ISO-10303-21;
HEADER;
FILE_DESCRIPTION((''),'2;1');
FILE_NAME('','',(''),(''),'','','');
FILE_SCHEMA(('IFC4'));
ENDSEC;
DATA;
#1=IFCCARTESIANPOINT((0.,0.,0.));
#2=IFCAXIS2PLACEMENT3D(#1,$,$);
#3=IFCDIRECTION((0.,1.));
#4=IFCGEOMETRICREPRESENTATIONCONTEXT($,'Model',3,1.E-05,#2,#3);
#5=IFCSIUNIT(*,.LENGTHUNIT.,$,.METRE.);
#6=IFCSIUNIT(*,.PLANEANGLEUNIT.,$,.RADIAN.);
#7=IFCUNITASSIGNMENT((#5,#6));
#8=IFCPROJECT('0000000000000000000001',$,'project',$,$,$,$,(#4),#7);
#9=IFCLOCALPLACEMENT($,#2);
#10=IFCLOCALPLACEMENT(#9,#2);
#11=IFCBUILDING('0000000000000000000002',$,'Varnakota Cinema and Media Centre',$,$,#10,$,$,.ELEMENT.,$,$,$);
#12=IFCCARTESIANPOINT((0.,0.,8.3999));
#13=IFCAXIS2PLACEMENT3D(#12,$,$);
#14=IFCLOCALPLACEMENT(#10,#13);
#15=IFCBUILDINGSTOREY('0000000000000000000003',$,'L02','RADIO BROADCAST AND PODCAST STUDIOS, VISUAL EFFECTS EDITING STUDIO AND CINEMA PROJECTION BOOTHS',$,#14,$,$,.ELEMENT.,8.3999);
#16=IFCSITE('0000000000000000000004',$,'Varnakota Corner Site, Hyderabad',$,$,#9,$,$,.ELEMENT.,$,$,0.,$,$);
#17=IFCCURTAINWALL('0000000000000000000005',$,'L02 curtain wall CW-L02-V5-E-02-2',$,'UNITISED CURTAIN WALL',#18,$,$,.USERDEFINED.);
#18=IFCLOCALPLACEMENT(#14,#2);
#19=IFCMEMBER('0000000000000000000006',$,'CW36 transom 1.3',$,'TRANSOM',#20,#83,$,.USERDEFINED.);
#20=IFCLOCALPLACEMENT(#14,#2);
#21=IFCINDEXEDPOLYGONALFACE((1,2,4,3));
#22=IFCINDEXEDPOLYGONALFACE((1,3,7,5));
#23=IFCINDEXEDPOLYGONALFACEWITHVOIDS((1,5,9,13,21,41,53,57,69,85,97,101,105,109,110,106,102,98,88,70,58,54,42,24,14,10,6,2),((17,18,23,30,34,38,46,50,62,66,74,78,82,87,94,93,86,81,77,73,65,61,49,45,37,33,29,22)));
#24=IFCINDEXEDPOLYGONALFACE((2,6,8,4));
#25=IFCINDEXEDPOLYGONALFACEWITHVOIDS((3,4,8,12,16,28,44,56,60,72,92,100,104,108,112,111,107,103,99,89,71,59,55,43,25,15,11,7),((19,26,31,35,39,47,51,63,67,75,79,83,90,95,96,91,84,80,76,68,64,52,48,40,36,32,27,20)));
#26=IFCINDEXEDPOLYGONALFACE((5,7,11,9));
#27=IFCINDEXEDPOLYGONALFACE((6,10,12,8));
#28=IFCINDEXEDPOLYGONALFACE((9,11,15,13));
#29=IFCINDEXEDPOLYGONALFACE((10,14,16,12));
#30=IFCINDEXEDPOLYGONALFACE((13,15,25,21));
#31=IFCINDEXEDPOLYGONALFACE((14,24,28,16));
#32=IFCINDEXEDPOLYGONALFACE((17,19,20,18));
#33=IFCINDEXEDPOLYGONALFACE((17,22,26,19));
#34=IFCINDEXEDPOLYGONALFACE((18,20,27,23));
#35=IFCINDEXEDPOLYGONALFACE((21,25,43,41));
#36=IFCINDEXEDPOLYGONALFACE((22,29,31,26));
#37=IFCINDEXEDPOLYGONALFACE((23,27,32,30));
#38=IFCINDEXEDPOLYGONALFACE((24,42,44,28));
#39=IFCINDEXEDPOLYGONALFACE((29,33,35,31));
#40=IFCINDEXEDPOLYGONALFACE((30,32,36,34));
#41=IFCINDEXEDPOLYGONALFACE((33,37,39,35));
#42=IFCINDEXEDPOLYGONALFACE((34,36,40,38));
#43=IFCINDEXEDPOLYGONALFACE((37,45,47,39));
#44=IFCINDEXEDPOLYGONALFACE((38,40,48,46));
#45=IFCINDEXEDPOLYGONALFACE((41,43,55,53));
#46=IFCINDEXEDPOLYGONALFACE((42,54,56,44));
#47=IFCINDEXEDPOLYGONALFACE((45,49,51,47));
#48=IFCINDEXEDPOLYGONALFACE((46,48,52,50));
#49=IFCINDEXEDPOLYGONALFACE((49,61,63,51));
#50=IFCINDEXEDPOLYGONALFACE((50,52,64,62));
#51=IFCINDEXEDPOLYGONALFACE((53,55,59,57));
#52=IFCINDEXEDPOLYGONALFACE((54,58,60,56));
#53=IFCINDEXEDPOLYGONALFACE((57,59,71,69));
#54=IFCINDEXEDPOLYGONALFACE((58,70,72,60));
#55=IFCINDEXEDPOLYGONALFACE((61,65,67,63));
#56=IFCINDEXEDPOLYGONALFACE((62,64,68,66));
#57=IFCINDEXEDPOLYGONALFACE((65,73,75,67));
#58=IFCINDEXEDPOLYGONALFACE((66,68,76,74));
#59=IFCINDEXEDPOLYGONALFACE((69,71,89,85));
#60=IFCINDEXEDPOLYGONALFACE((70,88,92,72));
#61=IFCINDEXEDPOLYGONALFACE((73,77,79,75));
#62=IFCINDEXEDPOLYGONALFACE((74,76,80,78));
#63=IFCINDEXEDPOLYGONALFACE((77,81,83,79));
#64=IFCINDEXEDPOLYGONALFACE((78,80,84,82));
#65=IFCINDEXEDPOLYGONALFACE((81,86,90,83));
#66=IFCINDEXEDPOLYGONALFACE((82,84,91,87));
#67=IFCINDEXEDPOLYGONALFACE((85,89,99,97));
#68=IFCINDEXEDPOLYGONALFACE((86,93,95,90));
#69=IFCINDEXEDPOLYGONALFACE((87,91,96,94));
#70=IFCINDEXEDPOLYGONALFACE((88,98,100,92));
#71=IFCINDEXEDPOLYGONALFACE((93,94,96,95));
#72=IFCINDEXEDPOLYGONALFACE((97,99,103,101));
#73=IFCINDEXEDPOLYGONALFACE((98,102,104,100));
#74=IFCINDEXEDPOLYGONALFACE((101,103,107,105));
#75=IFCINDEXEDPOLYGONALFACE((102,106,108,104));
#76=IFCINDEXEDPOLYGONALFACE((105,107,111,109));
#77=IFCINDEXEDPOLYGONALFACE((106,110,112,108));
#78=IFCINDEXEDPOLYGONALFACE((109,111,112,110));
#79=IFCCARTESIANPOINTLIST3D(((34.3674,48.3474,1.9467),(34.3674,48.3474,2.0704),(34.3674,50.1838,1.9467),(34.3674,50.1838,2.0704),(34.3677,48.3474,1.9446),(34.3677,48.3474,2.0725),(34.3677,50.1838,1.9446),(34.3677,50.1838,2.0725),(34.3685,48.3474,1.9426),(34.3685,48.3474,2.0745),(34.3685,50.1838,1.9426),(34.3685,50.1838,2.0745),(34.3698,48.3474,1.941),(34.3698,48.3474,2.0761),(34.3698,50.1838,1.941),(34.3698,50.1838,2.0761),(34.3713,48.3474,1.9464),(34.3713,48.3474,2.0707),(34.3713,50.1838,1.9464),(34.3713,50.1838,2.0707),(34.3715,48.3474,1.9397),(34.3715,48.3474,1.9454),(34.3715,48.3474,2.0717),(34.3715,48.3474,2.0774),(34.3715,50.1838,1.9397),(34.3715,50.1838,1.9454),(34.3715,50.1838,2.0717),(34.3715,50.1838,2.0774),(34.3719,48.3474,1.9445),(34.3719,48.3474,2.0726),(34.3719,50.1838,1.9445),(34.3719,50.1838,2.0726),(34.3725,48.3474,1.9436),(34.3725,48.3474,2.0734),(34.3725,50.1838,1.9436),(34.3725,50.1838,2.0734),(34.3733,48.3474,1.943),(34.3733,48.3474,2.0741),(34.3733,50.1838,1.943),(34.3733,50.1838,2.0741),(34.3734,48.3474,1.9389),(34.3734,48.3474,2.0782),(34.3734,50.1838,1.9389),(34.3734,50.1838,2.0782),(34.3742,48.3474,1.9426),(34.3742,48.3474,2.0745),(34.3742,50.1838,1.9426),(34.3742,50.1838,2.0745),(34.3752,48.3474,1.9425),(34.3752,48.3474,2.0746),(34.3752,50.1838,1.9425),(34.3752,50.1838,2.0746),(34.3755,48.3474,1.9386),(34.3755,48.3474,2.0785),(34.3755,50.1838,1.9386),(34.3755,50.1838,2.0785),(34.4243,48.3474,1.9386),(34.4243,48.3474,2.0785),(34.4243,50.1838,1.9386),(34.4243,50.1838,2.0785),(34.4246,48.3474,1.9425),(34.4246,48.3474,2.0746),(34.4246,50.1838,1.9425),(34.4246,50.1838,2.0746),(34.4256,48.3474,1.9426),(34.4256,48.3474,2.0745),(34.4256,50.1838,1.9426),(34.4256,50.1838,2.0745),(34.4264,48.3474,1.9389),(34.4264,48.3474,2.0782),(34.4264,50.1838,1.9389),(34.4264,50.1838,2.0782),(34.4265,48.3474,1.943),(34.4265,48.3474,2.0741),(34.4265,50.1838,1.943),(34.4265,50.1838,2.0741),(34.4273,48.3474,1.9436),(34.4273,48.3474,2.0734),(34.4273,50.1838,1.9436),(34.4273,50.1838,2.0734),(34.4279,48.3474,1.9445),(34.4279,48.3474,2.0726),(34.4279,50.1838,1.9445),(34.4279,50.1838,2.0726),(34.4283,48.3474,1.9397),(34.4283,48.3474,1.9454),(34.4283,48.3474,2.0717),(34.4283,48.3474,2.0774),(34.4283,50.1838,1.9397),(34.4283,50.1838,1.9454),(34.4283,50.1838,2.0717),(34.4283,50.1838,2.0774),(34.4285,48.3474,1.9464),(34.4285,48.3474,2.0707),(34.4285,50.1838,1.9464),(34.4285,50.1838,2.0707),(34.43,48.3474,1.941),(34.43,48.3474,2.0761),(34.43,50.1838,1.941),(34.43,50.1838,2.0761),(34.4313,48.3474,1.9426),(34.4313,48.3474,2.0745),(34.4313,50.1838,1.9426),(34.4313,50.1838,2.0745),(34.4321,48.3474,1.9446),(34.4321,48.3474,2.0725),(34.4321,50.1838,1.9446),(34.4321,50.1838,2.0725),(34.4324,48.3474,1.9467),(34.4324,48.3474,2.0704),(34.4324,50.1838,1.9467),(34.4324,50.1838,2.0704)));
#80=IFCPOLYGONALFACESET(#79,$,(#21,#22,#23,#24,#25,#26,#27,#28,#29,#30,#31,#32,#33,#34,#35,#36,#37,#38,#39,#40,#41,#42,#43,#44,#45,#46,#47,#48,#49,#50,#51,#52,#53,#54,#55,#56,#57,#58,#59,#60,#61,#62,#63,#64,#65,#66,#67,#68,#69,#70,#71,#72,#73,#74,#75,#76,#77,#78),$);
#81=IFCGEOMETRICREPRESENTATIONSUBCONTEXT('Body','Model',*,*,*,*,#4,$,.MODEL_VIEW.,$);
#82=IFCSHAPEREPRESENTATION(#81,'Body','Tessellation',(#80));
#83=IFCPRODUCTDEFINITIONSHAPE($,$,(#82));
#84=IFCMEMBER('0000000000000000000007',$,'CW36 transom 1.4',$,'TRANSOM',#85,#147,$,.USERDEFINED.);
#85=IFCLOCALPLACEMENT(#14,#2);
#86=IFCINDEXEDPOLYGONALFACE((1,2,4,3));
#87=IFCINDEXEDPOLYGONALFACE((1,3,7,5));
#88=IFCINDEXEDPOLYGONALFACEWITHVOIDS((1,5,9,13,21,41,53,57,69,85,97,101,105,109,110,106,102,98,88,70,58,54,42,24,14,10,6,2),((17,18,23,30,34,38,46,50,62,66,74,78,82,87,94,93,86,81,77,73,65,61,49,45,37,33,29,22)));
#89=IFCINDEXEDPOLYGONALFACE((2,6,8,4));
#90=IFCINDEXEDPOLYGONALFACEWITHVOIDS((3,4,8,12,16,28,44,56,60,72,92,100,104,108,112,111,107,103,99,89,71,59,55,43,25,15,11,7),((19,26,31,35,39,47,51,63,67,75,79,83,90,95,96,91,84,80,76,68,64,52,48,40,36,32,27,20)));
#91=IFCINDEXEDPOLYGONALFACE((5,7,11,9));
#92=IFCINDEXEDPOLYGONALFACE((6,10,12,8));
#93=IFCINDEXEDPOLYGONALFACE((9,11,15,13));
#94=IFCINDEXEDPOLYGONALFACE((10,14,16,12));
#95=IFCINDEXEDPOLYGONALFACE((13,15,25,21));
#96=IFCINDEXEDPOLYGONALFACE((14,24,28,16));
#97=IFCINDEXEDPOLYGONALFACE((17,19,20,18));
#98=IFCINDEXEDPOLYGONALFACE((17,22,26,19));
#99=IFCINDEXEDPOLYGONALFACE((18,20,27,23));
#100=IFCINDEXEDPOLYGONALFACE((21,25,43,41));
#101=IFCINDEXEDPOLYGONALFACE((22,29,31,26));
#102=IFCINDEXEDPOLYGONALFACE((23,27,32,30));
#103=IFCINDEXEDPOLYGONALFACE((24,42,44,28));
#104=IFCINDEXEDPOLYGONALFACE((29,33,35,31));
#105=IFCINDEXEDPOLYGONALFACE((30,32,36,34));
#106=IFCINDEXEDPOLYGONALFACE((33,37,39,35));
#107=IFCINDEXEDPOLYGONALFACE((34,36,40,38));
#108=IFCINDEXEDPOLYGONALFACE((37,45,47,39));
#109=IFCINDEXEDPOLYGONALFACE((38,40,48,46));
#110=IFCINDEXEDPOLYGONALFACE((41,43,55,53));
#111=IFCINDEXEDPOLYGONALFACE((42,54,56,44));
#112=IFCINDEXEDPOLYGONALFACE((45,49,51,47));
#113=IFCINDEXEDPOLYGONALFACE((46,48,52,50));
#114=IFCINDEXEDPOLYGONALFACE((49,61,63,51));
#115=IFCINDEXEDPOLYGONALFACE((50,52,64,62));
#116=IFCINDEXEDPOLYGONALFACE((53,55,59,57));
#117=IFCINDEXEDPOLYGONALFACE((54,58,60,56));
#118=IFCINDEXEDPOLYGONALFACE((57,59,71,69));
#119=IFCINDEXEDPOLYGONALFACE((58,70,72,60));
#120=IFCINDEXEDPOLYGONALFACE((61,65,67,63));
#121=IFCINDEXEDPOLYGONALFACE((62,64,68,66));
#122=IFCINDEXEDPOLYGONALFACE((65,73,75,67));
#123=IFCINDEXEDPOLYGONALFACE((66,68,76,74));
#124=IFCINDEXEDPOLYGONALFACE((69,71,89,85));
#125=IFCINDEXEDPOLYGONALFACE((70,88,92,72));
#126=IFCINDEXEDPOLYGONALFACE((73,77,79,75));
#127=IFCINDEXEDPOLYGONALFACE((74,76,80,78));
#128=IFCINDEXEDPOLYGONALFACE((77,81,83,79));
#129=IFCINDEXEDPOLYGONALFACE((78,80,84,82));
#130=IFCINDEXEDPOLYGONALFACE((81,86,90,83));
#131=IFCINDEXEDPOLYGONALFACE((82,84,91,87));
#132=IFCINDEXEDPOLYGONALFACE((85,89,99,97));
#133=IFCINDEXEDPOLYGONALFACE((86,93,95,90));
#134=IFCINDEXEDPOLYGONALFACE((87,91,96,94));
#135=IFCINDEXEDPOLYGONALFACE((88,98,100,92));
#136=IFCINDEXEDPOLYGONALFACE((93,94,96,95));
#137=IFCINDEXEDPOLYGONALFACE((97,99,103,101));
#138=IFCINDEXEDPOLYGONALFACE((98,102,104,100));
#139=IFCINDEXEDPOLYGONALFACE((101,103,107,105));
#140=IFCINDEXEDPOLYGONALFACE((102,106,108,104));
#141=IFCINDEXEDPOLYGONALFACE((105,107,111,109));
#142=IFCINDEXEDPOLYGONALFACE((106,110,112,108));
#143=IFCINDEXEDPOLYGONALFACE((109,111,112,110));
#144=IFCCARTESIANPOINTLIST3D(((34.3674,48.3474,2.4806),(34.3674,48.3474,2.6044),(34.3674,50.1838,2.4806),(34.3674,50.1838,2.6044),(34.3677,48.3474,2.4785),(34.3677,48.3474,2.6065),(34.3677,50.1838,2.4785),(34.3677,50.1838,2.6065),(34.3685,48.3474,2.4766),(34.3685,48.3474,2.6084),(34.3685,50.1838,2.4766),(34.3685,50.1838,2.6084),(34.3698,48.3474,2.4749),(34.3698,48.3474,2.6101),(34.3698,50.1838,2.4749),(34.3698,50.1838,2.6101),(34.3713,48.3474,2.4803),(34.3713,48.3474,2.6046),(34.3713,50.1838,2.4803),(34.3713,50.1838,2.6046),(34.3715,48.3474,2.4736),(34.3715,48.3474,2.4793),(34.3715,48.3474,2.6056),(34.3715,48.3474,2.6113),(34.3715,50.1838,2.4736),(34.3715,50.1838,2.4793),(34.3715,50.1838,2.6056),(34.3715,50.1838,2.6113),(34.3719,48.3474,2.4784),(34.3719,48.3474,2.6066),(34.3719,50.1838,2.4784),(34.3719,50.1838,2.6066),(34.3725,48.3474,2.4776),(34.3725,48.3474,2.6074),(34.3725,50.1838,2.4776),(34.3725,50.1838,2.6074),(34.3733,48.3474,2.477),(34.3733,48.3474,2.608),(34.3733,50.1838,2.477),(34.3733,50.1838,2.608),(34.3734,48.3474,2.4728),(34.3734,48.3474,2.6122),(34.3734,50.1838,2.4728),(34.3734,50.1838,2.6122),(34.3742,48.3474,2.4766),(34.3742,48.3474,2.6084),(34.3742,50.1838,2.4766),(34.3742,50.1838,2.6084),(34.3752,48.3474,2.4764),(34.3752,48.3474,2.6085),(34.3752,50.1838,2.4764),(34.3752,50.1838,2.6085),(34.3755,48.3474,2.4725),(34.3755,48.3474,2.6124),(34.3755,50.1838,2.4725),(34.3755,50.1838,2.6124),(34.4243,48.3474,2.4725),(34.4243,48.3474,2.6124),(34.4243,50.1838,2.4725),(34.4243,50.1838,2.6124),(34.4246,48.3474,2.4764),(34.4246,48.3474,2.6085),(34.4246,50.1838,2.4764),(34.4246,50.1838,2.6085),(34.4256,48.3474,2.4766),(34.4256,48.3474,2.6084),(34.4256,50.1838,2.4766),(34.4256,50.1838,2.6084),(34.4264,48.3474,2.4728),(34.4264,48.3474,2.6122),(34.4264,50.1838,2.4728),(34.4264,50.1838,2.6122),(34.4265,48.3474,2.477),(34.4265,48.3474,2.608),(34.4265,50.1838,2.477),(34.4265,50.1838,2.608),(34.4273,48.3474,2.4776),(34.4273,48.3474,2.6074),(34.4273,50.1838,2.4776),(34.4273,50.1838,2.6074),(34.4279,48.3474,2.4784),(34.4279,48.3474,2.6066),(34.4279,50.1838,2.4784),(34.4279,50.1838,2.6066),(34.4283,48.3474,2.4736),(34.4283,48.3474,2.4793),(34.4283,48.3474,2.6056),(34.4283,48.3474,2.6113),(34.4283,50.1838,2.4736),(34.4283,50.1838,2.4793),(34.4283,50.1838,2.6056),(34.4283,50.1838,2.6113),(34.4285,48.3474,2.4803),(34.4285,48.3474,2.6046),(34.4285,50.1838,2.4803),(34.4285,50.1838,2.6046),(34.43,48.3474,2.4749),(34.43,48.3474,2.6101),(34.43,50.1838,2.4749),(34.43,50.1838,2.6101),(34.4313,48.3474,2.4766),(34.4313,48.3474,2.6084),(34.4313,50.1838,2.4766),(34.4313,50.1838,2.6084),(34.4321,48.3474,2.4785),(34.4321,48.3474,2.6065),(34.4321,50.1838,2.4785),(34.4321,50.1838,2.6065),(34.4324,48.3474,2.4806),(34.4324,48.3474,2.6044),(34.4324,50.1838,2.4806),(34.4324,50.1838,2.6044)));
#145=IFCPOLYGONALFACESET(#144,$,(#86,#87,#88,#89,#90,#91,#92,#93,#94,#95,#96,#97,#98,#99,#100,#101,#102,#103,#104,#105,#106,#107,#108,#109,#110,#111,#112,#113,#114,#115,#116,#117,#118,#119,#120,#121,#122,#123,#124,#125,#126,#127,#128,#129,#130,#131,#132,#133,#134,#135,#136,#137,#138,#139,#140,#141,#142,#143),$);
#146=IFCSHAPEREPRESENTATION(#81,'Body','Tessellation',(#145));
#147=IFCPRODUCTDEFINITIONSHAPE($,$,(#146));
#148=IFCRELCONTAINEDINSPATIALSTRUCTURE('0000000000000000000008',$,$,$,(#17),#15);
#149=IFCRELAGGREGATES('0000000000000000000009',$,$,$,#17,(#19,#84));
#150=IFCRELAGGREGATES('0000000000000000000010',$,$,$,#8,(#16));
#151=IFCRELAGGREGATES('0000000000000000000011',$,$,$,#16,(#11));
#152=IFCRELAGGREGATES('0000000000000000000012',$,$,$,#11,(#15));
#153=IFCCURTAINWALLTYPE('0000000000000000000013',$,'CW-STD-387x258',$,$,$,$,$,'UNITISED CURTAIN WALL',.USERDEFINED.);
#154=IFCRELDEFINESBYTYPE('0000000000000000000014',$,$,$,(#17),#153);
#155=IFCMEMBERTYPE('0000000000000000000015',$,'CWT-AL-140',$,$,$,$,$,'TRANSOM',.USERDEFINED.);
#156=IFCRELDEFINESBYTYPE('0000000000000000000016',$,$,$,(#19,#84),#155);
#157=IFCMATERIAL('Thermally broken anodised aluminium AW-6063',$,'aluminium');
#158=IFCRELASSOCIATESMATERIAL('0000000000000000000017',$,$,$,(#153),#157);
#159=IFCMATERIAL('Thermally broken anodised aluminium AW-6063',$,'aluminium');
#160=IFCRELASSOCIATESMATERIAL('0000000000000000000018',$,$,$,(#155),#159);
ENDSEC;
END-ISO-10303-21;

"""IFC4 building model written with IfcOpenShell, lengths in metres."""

from ifc_helpers import new_model, si_unit, direction, frame, origin, origin_2d, place, context, subcontext, project, spatial, hollow_rectangle, extrude, material, material_profile, profile_set, type_object, element, aggregate, save


model = new_model("IFC4")

# Units and contexts
model_context = context("Model", 3, precision=1e-05, world=origin(), true_north=direction((0.0, 1.0)))
body_context = subcontext(model_context, "Body", "Model", "MODEL_VIEW")
ifc_project = project(units=[si_unit("LENGTHUNIT", "METRE"), si_unit("PLANEANGLEUNIT", "RADIAN")], contexts=[model_context])

# Site, building, storey
site_placement = place(None, origin())
site = spatial("IfcSite", under=ifc_project, at=site_placement, Name="Varnakota Corner Site, Hyderabad", CompositionType="ELEMENT", RefElevation=0.0)
building_placement = place(site_placement, origin())
building = spatial("IfcBuilding", under=site, at=building_placement, Name="Varnakota Cinema and Media Centre", CompositionType="ELEMENT")
storey_placement = place(building_placement, frame((0.0, 0.0, 8.3999)))
storey = spatial("IfcBuildingStorey", under=building, at=storey_placement, Name="L02", Description="RADIO BROADCAST AND PODCAST STUDIOS, VISUAL EFFECTS EDITING STUDIO AND CINEMA PROJECTION BOOTHS", CompositionType="ELEMENT", Elevation=8.3999)

# Curtain wall
ifc_material_1 = material(Name="Thermally broken anodised aluminium AW-6063", Category="aluminium")
curtain_wall_type_1 = type_object("IfcCurtainWallType", Name="CW-STD-387x258", ElementType="UNITISED CURTAIN WALL", PredefinedType="USERDEFINED", material=ifc_material_1)
curtain_wall_1_placement = place(storey_placement, origin())
curtain_wall_1 = element("IfcCurtainWall", 1, at=curtain_wall_1_placement, inside=storey, type_object=curtain_wall_type_1, Name="L02 curtain wall CW-L02-V5-E-02-2", ObjectType="UNITISED CURTAIN WALL", PredefinedType="USERDEFINED")

# Members
ifc_material_2 = material(Name="Thermally broken anodised aluminium AW-6063", Category="aluminium")
ifc_material_profile_1 = material_profile(ifc_material_2, hollow_rectangle(XDim=0.0649, YDim=0.1399, WallThickness=0.0039, InnerFilletRadius=0.0039, OuterFilletRadius=0.0081, at=origin_2d()), Name="AL-TRANSOM 140x65x4")
ifc_profile_set_1 = profile_set([ifc_material_profile_1], Name="Thermally broken anodised aluminium AW-6063")
member_type_1 = type_object("IfcMemberType", Name="CWT-AL-140", ElementType="TRANSOM", PredefinedType="USERDEFINED", material=ifc_profile_set_1)
member_1_placement = place(storey_placement, frame((34.3999, 48.3474, 2.0085), z_axis=(0.0, 1.0, 0.0), x_axis=(-1.0, 0.0, 0.0)))
member_1 = element("IfcMember", 2, at=member_1_placement, type_object=member_type_1, Name="CW36 transom 1.3", ObjectType="TRANSOM", PredefinedType="USERDEFINED", context=body_context, shape_type="SweptSolid", body=[
    extrude(hollow_rectangle(XDim=0.0649, YDim=0.1399, WallThickness=0.0039, InnerFilletRadius=0.0039, OuterFilletRadius=0.0081, at=origin_2d()), origin(), (0.0, 0.0, 1.0), 1.8364),
])
member_2_placement = place(storey_placement, frame((34.3999, 48.3474, 2.5425), z_axis=(0.0, 1.0, 0.0), x_axis=(-1.0, 0.0, 0.0)))
member_2 = element("IfcMember", 3, at=member_2_placement, type_object=member_type_1, Name="CW36 transom 1.4", ObjectType="TRANSOM", PredefinedType="USERDEFINED", context=body_context, shape_type="SweptSolid", body=[
    extrude(hollow_rectangle(XDim=0.0649, YDim=0.1399, WallThickness=0.0039, InnerFilletRadius=0.0039, OuterFilletRadius=0.0081, at=origin_2d()), origin(), (0.0, 0.0, 1.0), 1.8364),
])

aggregate(curtain_wall_1, [member_1, member_2])

save(model, "model.ifc")
